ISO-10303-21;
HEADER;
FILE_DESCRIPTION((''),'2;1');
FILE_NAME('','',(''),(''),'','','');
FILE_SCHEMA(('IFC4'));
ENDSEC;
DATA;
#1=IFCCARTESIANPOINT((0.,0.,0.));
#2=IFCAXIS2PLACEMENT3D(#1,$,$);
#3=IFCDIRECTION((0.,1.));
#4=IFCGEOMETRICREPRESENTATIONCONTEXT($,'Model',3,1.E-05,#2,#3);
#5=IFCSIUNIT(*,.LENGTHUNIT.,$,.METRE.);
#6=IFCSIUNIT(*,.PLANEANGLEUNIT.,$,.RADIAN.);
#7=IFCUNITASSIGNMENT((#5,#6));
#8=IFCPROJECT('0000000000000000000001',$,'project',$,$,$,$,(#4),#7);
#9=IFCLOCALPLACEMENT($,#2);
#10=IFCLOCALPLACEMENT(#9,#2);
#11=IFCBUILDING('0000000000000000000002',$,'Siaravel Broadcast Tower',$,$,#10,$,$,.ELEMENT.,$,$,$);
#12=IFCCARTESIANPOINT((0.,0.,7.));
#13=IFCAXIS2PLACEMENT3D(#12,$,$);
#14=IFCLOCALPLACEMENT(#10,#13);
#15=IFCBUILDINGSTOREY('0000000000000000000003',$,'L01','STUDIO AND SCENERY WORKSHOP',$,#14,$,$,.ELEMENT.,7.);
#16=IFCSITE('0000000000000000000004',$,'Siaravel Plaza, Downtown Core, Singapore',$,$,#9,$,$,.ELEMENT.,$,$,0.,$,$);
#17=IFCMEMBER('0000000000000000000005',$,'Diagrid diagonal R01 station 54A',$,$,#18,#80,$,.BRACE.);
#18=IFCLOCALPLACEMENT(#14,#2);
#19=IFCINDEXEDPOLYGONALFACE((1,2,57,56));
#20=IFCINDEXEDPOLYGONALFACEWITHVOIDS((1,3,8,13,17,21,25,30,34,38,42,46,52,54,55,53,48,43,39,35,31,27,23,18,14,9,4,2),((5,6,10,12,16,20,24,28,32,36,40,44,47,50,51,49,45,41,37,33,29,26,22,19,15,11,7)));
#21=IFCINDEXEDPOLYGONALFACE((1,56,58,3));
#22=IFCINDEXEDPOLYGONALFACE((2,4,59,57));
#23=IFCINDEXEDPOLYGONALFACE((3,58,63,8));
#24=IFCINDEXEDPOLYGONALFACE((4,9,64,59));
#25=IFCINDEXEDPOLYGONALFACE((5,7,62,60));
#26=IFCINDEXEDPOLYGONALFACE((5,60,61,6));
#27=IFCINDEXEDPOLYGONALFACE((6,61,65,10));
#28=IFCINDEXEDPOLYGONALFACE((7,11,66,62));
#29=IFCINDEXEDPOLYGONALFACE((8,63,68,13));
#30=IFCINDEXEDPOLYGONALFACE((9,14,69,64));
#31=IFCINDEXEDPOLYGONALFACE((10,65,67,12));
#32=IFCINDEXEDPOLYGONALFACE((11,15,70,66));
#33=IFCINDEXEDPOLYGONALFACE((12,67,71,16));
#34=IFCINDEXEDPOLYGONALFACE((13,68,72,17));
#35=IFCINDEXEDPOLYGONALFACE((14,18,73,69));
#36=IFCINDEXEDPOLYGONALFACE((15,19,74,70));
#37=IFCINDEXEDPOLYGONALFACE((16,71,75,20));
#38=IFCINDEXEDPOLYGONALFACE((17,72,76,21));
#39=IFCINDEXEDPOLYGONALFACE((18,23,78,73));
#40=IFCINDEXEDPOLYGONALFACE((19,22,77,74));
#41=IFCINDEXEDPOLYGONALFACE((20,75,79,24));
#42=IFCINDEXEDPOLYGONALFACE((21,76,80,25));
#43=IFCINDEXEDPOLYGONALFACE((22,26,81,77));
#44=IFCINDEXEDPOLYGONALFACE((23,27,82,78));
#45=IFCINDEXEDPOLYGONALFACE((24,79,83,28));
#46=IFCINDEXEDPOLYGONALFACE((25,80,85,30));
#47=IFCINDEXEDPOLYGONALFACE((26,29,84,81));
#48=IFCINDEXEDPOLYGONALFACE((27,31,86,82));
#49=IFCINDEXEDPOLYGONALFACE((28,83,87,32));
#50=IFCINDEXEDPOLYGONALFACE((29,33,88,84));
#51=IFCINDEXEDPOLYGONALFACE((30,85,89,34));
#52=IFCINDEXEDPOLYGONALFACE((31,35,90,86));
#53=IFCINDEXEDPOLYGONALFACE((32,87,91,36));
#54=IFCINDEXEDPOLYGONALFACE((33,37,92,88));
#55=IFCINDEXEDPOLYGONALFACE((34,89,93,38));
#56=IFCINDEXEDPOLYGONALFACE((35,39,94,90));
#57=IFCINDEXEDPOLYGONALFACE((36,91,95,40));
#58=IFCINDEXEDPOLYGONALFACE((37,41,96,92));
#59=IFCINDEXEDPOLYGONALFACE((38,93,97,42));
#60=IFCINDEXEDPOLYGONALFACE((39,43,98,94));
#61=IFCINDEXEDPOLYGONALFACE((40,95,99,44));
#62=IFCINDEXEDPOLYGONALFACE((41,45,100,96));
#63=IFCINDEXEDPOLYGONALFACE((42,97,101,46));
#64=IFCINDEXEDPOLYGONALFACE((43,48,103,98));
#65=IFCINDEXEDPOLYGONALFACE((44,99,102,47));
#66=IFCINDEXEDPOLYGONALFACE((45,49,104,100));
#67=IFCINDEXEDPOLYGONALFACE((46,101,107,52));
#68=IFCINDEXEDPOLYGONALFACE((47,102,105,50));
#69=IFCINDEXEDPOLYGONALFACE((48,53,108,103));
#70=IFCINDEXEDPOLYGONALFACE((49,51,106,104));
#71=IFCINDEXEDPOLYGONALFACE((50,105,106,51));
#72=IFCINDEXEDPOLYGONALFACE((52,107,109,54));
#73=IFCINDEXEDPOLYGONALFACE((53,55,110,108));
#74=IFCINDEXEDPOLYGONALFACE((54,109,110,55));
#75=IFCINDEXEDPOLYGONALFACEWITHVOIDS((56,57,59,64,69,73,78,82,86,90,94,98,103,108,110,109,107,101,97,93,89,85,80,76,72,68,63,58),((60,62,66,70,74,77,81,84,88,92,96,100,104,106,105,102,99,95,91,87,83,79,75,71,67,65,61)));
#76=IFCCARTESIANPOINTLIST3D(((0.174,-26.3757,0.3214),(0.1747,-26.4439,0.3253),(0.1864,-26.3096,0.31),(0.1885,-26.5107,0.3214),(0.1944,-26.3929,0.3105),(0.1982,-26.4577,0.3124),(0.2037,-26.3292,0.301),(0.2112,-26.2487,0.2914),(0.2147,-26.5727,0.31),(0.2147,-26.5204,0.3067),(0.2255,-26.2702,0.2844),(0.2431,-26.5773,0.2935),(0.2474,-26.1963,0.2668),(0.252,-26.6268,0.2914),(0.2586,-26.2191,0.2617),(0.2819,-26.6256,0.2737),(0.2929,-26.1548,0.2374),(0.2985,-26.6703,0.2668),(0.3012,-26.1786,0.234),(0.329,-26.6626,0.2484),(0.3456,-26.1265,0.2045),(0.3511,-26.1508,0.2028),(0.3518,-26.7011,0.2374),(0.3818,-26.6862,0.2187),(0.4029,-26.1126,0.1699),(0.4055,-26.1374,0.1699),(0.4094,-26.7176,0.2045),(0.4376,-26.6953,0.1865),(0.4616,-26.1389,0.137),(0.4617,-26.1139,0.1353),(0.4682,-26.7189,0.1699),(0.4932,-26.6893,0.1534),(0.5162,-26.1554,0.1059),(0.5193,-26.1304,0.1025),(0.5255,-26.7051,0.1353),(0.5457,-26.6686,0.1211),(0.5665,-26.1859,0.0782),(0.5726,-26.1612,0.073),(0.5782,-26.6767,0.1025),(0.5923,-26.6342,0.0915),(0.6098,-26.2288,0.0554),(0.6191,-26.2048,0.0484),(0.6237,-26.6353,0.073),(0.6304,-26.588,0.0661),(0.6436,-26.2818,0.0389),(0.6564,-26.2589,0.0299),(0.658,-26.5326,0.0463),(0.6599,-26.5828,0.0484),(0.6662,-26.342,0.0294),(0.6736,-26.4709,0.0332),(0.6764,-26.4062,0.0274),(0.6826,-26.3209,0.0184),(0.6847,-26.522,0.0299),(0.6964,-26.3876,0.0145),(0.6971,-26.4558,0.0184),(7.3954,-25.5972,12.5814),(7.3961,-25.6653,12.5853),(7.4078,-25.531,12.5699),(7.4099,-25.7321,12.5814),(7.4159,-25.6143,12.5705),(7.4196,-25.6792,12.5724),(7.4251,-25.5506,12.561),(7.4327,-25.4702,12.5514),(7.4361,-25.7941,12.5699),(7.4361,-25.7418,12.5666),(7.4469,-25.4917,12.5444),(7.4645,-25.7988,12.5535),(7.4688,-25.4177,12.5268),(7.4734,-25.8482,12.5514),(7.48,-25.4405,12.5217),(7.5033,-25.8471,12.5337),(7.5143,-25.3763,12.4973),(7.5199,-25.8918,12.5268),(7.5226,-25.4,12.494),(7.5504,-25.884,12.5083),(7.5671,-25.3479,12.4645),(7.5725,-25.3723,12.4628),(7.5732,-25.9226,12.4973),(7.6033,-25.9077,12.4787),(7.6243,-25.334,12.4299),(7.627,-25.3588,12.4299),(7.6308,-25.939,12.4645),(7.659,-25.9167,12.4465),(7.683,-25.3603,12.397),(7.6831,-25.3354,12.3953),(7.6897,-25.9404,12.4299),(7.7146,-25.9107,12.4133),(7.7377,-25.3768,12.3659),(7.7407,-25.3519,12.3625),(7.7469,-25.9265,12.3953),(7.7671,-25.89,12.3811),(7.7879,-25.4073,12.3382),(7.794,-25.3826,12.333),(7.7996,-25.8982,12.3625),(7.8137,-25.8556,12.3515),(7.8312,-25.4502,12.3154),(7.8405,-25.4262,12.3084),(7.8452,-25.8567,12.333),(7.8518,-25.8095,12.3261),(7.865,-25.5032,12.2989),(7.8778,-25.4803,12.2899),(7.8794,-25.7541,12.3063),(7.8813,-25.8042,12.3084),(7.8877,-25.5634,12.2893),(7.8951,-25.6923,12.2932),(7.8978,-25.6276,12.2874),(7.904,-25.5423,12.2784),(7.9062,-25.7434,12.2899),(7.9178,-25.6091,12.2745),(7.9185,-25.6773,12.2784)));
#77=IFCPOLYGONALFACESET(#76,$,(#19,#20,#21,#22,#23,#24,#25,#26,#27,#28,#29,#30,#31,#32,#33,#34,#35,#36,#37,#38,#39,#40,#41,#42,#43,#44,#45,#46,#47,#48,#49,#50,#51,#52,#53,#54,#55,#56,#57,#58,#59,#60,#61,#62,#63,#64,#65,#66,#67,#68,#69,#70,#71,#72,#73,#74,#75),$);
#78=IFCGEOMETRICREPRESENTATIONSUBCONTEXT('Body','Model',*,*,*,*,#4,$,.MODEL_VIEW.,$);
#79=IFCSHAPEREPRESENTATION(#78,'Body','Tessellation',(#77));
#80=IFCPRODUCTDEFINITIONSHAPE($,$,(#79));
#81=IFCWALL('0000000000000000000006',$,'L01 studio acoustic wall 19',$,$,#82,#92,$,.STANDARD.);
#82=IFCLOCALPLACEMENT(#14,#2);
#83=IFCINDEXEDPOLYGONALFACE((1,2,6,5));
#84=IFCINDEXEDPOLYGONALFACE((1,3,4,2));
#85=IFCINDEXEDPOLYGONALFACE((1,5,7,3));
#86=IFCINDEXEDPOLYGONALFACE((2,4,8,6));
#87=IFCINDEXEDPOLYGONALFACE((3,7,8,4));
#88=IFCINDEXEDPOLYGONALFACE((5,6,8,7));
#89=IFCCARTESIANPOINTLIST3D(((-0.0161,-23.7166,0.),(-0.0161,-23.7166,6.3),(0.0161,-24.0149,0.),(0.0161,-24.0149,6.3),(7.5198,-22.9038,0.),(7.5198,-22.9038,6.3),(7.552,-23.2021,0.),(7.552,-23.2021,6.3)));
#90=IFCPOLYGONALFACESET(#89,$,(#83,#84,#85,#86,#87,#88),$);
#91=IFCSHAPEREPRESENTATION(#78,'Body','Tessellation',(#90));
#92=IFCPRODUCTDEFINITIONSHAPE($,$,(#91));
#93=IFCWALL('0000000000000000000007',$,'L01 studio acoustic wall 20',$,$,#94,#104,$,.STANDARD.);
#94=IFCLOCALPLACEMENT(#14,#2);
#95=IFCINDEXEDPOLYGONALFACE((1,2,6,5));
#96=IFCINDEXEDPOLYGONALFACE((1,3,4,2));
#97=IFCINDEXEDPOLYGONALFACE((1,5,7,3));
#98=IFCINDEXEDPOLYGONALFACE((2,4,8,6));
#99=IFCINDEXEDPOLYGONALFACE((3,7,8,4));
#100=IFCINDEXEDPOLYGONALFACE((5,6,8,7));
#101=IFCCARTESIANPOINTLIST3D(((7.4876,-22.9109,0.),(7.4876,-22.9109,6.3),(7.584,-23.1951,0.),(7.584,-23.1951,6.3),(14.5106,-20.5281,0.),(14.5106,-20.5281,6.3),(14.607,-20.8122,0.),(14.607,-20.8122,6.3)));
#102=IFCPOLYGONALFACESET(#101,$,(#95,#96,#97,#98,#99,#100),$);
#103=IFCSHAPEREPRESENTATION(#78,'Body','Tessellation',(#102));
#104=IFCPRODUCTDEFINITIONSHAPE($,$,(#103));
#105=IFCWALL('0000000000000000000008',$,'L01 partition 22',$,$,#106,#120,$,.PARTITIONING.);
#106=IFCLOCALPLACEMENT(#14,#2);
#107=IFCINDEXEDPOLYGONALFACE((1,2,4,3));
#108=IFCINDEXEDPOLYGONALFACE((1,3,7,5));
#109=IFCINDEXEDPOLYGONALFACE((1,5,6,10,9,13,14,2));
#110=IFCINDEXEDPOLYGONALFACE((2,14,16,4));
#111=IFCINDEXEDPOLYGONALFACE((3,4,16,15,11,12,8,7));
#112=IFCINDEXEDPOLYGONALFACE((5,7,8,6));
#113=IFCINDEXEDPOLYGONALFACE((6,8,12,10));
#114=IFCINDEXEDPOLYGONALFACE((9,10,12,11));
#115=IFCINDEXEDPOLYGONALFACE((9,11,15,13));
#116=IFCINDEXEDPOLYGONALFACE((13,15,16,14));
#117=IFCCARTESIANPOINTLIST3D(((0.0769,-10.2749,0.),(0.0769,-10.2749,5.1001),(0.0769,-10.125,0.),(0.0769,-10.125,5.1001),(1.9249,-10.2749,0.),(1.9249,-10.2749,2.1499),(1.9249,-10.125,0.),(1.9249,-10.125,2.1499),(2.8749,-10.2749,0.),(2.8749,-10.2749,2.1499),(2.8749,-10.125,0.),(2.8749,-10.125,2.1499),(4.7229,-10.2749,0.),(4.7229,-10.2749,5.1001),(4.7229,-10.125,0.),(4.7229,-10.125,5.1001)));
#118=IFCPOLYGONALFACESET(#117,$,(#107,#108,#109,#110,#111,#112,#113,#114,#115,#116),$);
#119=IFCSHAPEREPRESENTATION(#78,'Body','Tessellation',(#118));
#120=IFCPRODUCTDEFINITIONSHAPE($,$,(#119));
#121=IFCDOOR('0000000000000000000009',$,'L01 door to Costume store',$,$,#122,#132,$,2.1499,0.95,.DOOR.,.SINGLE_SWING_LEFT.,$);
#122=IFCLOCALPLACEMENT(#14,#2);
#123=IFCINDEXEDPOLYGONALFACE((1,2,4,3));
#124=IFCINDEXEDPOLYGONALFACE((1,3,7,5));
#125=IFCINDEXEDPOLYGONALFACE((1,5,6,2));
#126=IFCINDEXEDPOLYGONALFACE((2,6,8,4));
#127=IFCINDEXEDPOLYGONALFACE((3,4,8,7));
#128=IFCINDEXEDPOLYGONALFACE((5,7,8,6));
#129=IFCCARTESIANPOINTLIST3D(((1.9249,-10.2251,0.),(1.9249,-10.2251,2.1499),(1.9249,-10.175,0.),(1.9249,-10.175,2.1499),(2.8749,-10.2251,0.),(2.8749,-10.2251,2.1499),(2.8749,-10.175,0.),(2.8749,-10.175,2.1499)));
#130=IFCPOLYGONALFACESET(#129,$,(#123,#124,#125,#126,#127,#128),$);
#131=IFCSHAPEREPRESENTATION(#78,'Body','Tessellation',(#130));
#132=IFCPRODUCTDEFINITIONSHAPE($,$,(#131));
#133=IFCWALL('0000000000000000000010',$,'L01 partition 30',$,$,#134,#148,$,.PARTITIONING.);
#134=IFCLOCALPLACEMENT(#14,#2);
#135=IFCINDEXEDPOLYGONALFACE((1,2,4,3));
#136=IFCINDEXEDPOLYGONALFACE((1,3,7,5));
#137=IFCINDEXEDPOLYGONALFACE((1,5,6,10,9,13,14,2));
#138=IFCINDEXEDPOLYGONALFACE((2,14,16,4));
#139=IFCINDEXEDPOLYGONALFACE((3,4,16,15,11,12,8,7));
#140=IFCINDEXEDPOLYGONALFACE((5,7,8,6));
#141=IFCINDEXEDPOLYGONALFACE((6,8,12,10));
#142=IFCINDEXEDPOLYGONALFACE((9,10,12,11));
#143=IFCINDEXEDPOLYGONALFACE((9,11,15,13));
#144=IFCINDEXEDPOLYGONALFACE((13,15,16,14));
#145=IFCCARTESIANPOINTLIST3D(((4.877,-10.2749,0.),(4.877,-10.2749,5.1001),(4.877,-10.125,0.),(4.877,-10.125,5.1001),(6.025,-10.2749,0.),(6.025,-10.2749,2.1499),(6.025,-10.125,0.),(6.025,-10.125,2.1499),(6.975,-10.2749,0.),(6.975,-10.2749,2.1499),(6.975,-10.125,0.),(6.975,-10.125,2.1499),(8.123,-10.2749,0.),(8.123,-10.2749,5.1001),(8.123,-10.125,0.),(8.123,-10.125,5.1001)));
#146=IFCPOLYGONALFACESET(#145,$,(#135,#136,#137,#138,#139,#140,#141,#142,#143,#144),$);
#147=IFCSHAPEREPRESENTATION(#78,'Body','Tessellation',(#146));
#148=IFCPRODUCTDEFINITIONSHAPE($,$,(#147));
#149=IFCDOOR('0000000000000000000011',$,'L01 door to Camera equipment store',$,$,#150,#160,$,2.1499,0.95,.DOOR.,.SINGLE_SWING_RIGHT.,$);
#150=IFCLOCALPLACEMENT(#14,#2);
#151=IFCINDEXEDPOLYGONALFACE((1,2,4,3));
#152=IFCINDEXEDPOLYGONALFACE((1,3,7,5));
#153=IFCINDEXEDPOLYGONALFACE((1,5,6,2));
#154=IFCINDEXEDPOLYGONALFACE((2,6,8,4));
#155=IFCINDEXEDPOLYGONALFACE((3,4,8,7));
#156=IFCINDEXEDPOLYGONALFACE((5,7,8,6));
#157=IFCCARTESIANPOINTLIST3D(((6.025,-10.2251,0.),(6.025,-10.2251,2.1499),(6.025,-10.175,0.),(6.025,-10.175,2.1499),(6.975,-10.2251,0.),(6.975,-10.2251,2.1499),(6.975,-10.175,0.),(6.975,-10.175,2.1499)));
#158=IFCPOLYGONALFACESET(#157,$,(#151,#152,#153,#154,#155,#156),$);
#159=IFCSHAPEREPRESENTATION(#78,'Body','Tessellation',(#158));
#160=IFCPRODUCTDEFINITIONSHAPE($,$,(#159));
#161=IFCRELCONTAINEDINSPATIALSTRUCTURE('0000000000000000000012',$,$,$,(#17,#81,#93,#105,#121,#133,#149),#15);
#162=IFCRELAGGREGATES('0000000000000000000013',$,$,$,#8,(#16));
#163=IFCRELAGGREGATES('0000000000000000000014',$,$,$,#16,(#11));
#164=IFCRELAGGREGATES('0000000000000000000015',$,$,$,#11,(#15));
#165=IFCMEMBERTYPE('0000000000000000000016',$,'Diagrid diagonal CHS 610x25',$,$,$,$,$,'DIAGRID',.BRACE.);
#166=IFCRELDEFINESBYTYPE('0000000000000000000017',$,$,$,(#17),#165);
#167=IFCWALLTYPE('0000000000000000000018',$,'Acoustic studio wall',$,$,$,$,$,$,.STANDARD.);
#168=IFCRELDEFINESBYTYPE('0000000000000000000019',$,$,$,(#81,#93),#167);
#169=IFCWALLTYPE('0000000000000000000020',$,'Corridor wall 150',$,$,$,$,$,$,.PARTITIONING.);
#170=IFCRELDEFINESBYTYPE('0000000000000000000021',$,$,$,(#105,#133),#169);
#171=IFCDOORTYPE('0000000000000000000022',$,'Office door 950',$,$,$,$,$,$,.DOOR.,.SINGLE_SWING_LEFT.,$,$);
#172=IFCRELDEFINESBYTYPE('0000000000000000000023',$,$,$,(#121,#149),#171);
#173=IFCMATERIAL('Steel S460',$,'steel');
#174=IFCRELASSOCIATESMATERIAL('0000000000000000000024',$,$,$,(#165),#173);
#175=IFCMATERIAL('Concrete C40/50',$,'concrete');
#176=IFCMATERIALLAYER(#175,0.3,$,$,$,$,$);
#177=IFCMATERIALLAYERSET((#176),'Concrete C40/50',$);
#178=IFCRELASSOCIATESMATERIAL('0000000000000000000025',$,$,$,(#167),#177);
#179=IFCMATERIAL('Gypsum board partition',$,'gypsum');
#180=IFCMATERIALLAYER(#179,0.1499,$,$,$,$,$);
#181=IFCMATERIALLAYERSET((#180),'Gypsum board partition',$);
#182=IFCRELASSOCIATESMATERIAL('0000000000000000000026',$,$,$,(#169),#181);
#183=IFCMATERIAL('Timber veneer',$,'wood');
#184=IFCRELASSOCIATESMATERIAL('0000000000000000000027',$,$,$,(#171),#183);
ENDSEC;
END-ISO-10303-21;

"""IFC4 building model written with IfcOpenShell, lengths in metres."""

from ifc_helpers import new_model, si_unit, direction, frame, frame_2d, origin, origin_2d, place, context, subcontext, project, spatial, rectangle, hollow_circle, extrude, material, layer, layer_set, material_profile, profile_set, type_object, element, fill, save


model = new_model("IFC4")

# Units and contexts
model_context = context("Model", 3, precision=1e-05, world=origin(), true_north=direction((0.0, 1.0)))
body_context = subcontext(model_context, "Body", "Model", "MODEL_VIEW")
ifc_project = project(units=[si_unit("LENGTHUNIT", "METRE"), si_unit("PLANEANGLEUNIT", "RADIAN")], contexts=[model_context])

# Site, building, storey
site_placement = place(None, origin())
site = spatial("IfcSite", under=ifc_project, at=site_placement, Name="Siaravel Plaza, Downtown Core, Singapore", CompositionType="ELEMENT", RefElevation=0.0)
building_placement = place(site_placement, origin())
building = spatial("IfcBuilding", under=site, at=building_placement, Name="Siaravel Broadcast Tower", CompositionType="ELEMENT")
storey_placement = place(building_placement, frame((0.0, 0.0, 7.0)))
storey = spatial("IfcBuildingStorey", under=building, at=storey_placement, Name="L01", Description="STUDIO AND SCENERY WORKSHOP", CompositionType="ELEMENT", Elevation=7.0)

# Member
ifc_material_1 = material(Name="Steel S460", Category="steel")
ifc_material_profile_1 = material_profile(ifc_material_1, hollow_circle(Radius=0.3049, WallThickness=0.0249, at=origin_2d()))
ifc_profile_set_1 = profile_set([ifc_material_profile_1], Name="Steel S460")
member_type = type_object("IfcMemberType", Name="Diagrid diagonal CHS 610x25", ElementType="DIAGRID", PredefinedType="BRACE", material=ifc_profile_set_1)
member_placement = place(storey_placement, frame((0.4355, -26.4158, 0.1699), z_axis=(0.506767, 0.054636, 0.86035), x_axis=(-0.107192, 0.994238, 0.0)))
element("IfcMember", 1, at=member_placement, inside=storey, type_object=member_type, Name="Diagrid diagonal R01 station 54A", PredefinedType="BRACE", context=body_context, shape_type="SweptSolid", body=[
    extrude(hollow_circle(Radius=0.3049, WallThickness=0.0249, at=origin_2d()), origin(), (0.0, 0.0, 1.0), 14.25),
])

# Walls
ifc_material_2 = material(Name="Concrete C40/50", Category="concrete")
ifc_layer_1 = layer(ifc_material_2, 0.3)
ifc_layer_set_1 = layer_set([ifc_layer_1], Name="Concrete C40/50")
wall_type_1 = type_object("IfcWallType", Name="Acoustic studio wall", PredefinedType="STANDARD", material=ifc_layer_set_1)
wall_1_placement = place(storey_placement, frame((0.0, -23.8657, 0.0), z_axis=(0.0, 0.0, 1.0), x_axis=(0.994234, 0.107228, 0.0)))
element("IfcWall", 2, at=wall_1_placement, inside=storey, type_object=wall_type_1, Name="L01 studio acoustic wall 19", PredefinedType="STANDARD", context=body_context, shape_type="SweptSolid", body=[
    extrude(rectangle(XDim=7.5796, YDim=0.3, at=frame_2d((3.7898, 0.0))), origin(), (0.0, 0.0, 1.0), 6.3),
])
wall_2_placement = place(storey_placement, frame((7.5359, -23.053, 0.0), z_axis=(0.0, 0.0, 1.0), x_axis=(0.946978, 0.3213, 0.0)))
element("IfcWall", 3, at=wall_2_placement, inside=storey, type_object=wall_type_1, Name="L01 studio acoustic wall 20", PredefinedType="STANDARD", context=body_context, shape_type="SweptSolid", body=[
    extrude(rectangle(XDim=7.4163, YDim=0.3, at=frame_2d((3.708, 0.0))), origin(), (0.0, 0.0, 1.0), 6.3),
])

# Walls, openings, doors
ifc_material_3 = material(Name="Gypsum board partition", Category="gypsum")
ifc_layer_2 = layer(ifc_material_3, 0.1499)
ifc_layer_set_2 = layer_set([ifc_layer_2], Name="Gypsum board partition")
wall_type_2 = type_object("IfcWallType", Name="Corridor wall 150", PredefinedType="PARTITIONING", material=ifc_layer_set_2)
wall_3_placement = place(storey_placement, frame((0.0769, -10.2, 0.0), z_axis=(0.0, 0.0, 1.0), x_axis=(1.0, 0.0, 0.0)))
wall_3 = element("IfcWall", 4, at=wall_3_placement, inside=storey, type_object=wall_type_2, Name="L01 partition 22", PredefinedType="PARTITIONING", context=body_context, shape_type="SweptSolid", body=[
    extrude(rectangle(XDim=4.646, YDim=0.1499, at=frame_2d((2.323, 0.0))), origin(), (0.0, 0.0, 1.0), 5.1001),
])
opening_1_placement = place(wall_3_placement, frame((1.8479, 0.0, 0.0)))
opening_1 = element("IfcOpeningElement", 5, at=opening_1_placement, cuts=wall_3, PredefinedType="OPENING", context=body_context, shape_type="SweptSolid", body=[
    extrude(rectangle(XDim=0.95, YDim=2.1499, at=frame_2d((0.4751, 1.075))), frame((0.0, 0.085, 0.0), z_axis=(0.0, -1.0, 0.0), x_axis=(1.0, 0.0, 0.0)), (0.0, 0.0, 1.0), 0.1699),
])
ifc_material_4 = material(Name="Timber veneer", Category="wood")
door_type = type_object("IfcDoorType", Name="Office door 950", OperationType="SINGLE_SWING_LEFT", PredefinedType="DOOR", material=ifc_material_4)
door_1_placement = place(opening_1_placement, origin())
door_1 = element("IfcDoor", 6, at=door_1_placement, inside=storey, type_object=door_type, Name="L01 door to Costume store", OperationType="SINGLE_SWING_LEFT", OverallHeight=2.1499, OverallWidth=0.95, PredefinedType="DOOR", context=body_context, shape_type="SweptSolid", body=[
    extrude(rectangle(XDim=0.95, YDim=2.1499, at=frame_2d((0.4751, 1.075))), frame((0.0, 0.0249, 0.0), z_axis=(0.0, -1.0, 0.0), x_axis=(1.0, 0.0, 0.0)), (0.0, 0.0, 1.0), 0.05),
])
fill(opening_1, door_1)
wall_4_placement = place(storey_placement, frame((4.877, -10.2, 0.0), z_axis=(0.0, 0.0, 1.0), x_axis=(1.0, 0.0, 0.0)))
wall_4 = element("IfcWall", 7, at=wall_4_placement, inside=storey, type_object=wall_type_2, Name="L01 partition 30", PredefinedType="PARTITIONING", context=body_context, shape_type="SweptSolid", body=[
    extrude(rectangle(XDim=3.2461, YDim=0.1499, at=frame_2d((1.623, 0.0))), origin(), (0.0, 0.0, 1.0), 5.1001),
])
opening_2_placement = place(wall_4_placement, frame((1.1479, 0.0, 0.0)))
opening_2 = element("IfcOpeningElement", 8, at=opening_2_placement, cuts=wall_4, PredefinedType="OPENING", context=body_context, shape_type="SweptSolid", body=[
    extrude(rectangle(XDim=0.95, YDim=2.1499, at=frame_2d((0.4751, 1.075))), frame((0.0, 0.085, 0.0), z_axis=(0.0, -1.0, 0.0), x_axis=(1.0, 0.0, 0.0)), (0.0, 0.0, 1.0), 0.1699),
])
door_2_placement = place(opening_2_placement, origin())
door_2 = element("IfcDoor", 9, at=door_2_placement, inside=storey, type_object=door_type, Name="L01 door to Camera equipment store", OperationType="SINGLE_SWING_RIGHT", OverallHeight=2.1499, OverallWidth=0.95, PredefinedType="DOOR", context=body_context, shape_type="SweptSolid", body=[
    extrude(rectangle(XDim=0.95, YDim=2.1499, at=frame_2d((0.4751, 1.075))), frame((0.0, 0.0249, 0.0), z_axis=(0.0, -1.0, 0.0), x_axis=(1.0, 0.0, 0.0)), (0.0, 0.0, 1.0), 0.05),
])
fill(opening_2, door_2)

save(model, "model.ifc")
